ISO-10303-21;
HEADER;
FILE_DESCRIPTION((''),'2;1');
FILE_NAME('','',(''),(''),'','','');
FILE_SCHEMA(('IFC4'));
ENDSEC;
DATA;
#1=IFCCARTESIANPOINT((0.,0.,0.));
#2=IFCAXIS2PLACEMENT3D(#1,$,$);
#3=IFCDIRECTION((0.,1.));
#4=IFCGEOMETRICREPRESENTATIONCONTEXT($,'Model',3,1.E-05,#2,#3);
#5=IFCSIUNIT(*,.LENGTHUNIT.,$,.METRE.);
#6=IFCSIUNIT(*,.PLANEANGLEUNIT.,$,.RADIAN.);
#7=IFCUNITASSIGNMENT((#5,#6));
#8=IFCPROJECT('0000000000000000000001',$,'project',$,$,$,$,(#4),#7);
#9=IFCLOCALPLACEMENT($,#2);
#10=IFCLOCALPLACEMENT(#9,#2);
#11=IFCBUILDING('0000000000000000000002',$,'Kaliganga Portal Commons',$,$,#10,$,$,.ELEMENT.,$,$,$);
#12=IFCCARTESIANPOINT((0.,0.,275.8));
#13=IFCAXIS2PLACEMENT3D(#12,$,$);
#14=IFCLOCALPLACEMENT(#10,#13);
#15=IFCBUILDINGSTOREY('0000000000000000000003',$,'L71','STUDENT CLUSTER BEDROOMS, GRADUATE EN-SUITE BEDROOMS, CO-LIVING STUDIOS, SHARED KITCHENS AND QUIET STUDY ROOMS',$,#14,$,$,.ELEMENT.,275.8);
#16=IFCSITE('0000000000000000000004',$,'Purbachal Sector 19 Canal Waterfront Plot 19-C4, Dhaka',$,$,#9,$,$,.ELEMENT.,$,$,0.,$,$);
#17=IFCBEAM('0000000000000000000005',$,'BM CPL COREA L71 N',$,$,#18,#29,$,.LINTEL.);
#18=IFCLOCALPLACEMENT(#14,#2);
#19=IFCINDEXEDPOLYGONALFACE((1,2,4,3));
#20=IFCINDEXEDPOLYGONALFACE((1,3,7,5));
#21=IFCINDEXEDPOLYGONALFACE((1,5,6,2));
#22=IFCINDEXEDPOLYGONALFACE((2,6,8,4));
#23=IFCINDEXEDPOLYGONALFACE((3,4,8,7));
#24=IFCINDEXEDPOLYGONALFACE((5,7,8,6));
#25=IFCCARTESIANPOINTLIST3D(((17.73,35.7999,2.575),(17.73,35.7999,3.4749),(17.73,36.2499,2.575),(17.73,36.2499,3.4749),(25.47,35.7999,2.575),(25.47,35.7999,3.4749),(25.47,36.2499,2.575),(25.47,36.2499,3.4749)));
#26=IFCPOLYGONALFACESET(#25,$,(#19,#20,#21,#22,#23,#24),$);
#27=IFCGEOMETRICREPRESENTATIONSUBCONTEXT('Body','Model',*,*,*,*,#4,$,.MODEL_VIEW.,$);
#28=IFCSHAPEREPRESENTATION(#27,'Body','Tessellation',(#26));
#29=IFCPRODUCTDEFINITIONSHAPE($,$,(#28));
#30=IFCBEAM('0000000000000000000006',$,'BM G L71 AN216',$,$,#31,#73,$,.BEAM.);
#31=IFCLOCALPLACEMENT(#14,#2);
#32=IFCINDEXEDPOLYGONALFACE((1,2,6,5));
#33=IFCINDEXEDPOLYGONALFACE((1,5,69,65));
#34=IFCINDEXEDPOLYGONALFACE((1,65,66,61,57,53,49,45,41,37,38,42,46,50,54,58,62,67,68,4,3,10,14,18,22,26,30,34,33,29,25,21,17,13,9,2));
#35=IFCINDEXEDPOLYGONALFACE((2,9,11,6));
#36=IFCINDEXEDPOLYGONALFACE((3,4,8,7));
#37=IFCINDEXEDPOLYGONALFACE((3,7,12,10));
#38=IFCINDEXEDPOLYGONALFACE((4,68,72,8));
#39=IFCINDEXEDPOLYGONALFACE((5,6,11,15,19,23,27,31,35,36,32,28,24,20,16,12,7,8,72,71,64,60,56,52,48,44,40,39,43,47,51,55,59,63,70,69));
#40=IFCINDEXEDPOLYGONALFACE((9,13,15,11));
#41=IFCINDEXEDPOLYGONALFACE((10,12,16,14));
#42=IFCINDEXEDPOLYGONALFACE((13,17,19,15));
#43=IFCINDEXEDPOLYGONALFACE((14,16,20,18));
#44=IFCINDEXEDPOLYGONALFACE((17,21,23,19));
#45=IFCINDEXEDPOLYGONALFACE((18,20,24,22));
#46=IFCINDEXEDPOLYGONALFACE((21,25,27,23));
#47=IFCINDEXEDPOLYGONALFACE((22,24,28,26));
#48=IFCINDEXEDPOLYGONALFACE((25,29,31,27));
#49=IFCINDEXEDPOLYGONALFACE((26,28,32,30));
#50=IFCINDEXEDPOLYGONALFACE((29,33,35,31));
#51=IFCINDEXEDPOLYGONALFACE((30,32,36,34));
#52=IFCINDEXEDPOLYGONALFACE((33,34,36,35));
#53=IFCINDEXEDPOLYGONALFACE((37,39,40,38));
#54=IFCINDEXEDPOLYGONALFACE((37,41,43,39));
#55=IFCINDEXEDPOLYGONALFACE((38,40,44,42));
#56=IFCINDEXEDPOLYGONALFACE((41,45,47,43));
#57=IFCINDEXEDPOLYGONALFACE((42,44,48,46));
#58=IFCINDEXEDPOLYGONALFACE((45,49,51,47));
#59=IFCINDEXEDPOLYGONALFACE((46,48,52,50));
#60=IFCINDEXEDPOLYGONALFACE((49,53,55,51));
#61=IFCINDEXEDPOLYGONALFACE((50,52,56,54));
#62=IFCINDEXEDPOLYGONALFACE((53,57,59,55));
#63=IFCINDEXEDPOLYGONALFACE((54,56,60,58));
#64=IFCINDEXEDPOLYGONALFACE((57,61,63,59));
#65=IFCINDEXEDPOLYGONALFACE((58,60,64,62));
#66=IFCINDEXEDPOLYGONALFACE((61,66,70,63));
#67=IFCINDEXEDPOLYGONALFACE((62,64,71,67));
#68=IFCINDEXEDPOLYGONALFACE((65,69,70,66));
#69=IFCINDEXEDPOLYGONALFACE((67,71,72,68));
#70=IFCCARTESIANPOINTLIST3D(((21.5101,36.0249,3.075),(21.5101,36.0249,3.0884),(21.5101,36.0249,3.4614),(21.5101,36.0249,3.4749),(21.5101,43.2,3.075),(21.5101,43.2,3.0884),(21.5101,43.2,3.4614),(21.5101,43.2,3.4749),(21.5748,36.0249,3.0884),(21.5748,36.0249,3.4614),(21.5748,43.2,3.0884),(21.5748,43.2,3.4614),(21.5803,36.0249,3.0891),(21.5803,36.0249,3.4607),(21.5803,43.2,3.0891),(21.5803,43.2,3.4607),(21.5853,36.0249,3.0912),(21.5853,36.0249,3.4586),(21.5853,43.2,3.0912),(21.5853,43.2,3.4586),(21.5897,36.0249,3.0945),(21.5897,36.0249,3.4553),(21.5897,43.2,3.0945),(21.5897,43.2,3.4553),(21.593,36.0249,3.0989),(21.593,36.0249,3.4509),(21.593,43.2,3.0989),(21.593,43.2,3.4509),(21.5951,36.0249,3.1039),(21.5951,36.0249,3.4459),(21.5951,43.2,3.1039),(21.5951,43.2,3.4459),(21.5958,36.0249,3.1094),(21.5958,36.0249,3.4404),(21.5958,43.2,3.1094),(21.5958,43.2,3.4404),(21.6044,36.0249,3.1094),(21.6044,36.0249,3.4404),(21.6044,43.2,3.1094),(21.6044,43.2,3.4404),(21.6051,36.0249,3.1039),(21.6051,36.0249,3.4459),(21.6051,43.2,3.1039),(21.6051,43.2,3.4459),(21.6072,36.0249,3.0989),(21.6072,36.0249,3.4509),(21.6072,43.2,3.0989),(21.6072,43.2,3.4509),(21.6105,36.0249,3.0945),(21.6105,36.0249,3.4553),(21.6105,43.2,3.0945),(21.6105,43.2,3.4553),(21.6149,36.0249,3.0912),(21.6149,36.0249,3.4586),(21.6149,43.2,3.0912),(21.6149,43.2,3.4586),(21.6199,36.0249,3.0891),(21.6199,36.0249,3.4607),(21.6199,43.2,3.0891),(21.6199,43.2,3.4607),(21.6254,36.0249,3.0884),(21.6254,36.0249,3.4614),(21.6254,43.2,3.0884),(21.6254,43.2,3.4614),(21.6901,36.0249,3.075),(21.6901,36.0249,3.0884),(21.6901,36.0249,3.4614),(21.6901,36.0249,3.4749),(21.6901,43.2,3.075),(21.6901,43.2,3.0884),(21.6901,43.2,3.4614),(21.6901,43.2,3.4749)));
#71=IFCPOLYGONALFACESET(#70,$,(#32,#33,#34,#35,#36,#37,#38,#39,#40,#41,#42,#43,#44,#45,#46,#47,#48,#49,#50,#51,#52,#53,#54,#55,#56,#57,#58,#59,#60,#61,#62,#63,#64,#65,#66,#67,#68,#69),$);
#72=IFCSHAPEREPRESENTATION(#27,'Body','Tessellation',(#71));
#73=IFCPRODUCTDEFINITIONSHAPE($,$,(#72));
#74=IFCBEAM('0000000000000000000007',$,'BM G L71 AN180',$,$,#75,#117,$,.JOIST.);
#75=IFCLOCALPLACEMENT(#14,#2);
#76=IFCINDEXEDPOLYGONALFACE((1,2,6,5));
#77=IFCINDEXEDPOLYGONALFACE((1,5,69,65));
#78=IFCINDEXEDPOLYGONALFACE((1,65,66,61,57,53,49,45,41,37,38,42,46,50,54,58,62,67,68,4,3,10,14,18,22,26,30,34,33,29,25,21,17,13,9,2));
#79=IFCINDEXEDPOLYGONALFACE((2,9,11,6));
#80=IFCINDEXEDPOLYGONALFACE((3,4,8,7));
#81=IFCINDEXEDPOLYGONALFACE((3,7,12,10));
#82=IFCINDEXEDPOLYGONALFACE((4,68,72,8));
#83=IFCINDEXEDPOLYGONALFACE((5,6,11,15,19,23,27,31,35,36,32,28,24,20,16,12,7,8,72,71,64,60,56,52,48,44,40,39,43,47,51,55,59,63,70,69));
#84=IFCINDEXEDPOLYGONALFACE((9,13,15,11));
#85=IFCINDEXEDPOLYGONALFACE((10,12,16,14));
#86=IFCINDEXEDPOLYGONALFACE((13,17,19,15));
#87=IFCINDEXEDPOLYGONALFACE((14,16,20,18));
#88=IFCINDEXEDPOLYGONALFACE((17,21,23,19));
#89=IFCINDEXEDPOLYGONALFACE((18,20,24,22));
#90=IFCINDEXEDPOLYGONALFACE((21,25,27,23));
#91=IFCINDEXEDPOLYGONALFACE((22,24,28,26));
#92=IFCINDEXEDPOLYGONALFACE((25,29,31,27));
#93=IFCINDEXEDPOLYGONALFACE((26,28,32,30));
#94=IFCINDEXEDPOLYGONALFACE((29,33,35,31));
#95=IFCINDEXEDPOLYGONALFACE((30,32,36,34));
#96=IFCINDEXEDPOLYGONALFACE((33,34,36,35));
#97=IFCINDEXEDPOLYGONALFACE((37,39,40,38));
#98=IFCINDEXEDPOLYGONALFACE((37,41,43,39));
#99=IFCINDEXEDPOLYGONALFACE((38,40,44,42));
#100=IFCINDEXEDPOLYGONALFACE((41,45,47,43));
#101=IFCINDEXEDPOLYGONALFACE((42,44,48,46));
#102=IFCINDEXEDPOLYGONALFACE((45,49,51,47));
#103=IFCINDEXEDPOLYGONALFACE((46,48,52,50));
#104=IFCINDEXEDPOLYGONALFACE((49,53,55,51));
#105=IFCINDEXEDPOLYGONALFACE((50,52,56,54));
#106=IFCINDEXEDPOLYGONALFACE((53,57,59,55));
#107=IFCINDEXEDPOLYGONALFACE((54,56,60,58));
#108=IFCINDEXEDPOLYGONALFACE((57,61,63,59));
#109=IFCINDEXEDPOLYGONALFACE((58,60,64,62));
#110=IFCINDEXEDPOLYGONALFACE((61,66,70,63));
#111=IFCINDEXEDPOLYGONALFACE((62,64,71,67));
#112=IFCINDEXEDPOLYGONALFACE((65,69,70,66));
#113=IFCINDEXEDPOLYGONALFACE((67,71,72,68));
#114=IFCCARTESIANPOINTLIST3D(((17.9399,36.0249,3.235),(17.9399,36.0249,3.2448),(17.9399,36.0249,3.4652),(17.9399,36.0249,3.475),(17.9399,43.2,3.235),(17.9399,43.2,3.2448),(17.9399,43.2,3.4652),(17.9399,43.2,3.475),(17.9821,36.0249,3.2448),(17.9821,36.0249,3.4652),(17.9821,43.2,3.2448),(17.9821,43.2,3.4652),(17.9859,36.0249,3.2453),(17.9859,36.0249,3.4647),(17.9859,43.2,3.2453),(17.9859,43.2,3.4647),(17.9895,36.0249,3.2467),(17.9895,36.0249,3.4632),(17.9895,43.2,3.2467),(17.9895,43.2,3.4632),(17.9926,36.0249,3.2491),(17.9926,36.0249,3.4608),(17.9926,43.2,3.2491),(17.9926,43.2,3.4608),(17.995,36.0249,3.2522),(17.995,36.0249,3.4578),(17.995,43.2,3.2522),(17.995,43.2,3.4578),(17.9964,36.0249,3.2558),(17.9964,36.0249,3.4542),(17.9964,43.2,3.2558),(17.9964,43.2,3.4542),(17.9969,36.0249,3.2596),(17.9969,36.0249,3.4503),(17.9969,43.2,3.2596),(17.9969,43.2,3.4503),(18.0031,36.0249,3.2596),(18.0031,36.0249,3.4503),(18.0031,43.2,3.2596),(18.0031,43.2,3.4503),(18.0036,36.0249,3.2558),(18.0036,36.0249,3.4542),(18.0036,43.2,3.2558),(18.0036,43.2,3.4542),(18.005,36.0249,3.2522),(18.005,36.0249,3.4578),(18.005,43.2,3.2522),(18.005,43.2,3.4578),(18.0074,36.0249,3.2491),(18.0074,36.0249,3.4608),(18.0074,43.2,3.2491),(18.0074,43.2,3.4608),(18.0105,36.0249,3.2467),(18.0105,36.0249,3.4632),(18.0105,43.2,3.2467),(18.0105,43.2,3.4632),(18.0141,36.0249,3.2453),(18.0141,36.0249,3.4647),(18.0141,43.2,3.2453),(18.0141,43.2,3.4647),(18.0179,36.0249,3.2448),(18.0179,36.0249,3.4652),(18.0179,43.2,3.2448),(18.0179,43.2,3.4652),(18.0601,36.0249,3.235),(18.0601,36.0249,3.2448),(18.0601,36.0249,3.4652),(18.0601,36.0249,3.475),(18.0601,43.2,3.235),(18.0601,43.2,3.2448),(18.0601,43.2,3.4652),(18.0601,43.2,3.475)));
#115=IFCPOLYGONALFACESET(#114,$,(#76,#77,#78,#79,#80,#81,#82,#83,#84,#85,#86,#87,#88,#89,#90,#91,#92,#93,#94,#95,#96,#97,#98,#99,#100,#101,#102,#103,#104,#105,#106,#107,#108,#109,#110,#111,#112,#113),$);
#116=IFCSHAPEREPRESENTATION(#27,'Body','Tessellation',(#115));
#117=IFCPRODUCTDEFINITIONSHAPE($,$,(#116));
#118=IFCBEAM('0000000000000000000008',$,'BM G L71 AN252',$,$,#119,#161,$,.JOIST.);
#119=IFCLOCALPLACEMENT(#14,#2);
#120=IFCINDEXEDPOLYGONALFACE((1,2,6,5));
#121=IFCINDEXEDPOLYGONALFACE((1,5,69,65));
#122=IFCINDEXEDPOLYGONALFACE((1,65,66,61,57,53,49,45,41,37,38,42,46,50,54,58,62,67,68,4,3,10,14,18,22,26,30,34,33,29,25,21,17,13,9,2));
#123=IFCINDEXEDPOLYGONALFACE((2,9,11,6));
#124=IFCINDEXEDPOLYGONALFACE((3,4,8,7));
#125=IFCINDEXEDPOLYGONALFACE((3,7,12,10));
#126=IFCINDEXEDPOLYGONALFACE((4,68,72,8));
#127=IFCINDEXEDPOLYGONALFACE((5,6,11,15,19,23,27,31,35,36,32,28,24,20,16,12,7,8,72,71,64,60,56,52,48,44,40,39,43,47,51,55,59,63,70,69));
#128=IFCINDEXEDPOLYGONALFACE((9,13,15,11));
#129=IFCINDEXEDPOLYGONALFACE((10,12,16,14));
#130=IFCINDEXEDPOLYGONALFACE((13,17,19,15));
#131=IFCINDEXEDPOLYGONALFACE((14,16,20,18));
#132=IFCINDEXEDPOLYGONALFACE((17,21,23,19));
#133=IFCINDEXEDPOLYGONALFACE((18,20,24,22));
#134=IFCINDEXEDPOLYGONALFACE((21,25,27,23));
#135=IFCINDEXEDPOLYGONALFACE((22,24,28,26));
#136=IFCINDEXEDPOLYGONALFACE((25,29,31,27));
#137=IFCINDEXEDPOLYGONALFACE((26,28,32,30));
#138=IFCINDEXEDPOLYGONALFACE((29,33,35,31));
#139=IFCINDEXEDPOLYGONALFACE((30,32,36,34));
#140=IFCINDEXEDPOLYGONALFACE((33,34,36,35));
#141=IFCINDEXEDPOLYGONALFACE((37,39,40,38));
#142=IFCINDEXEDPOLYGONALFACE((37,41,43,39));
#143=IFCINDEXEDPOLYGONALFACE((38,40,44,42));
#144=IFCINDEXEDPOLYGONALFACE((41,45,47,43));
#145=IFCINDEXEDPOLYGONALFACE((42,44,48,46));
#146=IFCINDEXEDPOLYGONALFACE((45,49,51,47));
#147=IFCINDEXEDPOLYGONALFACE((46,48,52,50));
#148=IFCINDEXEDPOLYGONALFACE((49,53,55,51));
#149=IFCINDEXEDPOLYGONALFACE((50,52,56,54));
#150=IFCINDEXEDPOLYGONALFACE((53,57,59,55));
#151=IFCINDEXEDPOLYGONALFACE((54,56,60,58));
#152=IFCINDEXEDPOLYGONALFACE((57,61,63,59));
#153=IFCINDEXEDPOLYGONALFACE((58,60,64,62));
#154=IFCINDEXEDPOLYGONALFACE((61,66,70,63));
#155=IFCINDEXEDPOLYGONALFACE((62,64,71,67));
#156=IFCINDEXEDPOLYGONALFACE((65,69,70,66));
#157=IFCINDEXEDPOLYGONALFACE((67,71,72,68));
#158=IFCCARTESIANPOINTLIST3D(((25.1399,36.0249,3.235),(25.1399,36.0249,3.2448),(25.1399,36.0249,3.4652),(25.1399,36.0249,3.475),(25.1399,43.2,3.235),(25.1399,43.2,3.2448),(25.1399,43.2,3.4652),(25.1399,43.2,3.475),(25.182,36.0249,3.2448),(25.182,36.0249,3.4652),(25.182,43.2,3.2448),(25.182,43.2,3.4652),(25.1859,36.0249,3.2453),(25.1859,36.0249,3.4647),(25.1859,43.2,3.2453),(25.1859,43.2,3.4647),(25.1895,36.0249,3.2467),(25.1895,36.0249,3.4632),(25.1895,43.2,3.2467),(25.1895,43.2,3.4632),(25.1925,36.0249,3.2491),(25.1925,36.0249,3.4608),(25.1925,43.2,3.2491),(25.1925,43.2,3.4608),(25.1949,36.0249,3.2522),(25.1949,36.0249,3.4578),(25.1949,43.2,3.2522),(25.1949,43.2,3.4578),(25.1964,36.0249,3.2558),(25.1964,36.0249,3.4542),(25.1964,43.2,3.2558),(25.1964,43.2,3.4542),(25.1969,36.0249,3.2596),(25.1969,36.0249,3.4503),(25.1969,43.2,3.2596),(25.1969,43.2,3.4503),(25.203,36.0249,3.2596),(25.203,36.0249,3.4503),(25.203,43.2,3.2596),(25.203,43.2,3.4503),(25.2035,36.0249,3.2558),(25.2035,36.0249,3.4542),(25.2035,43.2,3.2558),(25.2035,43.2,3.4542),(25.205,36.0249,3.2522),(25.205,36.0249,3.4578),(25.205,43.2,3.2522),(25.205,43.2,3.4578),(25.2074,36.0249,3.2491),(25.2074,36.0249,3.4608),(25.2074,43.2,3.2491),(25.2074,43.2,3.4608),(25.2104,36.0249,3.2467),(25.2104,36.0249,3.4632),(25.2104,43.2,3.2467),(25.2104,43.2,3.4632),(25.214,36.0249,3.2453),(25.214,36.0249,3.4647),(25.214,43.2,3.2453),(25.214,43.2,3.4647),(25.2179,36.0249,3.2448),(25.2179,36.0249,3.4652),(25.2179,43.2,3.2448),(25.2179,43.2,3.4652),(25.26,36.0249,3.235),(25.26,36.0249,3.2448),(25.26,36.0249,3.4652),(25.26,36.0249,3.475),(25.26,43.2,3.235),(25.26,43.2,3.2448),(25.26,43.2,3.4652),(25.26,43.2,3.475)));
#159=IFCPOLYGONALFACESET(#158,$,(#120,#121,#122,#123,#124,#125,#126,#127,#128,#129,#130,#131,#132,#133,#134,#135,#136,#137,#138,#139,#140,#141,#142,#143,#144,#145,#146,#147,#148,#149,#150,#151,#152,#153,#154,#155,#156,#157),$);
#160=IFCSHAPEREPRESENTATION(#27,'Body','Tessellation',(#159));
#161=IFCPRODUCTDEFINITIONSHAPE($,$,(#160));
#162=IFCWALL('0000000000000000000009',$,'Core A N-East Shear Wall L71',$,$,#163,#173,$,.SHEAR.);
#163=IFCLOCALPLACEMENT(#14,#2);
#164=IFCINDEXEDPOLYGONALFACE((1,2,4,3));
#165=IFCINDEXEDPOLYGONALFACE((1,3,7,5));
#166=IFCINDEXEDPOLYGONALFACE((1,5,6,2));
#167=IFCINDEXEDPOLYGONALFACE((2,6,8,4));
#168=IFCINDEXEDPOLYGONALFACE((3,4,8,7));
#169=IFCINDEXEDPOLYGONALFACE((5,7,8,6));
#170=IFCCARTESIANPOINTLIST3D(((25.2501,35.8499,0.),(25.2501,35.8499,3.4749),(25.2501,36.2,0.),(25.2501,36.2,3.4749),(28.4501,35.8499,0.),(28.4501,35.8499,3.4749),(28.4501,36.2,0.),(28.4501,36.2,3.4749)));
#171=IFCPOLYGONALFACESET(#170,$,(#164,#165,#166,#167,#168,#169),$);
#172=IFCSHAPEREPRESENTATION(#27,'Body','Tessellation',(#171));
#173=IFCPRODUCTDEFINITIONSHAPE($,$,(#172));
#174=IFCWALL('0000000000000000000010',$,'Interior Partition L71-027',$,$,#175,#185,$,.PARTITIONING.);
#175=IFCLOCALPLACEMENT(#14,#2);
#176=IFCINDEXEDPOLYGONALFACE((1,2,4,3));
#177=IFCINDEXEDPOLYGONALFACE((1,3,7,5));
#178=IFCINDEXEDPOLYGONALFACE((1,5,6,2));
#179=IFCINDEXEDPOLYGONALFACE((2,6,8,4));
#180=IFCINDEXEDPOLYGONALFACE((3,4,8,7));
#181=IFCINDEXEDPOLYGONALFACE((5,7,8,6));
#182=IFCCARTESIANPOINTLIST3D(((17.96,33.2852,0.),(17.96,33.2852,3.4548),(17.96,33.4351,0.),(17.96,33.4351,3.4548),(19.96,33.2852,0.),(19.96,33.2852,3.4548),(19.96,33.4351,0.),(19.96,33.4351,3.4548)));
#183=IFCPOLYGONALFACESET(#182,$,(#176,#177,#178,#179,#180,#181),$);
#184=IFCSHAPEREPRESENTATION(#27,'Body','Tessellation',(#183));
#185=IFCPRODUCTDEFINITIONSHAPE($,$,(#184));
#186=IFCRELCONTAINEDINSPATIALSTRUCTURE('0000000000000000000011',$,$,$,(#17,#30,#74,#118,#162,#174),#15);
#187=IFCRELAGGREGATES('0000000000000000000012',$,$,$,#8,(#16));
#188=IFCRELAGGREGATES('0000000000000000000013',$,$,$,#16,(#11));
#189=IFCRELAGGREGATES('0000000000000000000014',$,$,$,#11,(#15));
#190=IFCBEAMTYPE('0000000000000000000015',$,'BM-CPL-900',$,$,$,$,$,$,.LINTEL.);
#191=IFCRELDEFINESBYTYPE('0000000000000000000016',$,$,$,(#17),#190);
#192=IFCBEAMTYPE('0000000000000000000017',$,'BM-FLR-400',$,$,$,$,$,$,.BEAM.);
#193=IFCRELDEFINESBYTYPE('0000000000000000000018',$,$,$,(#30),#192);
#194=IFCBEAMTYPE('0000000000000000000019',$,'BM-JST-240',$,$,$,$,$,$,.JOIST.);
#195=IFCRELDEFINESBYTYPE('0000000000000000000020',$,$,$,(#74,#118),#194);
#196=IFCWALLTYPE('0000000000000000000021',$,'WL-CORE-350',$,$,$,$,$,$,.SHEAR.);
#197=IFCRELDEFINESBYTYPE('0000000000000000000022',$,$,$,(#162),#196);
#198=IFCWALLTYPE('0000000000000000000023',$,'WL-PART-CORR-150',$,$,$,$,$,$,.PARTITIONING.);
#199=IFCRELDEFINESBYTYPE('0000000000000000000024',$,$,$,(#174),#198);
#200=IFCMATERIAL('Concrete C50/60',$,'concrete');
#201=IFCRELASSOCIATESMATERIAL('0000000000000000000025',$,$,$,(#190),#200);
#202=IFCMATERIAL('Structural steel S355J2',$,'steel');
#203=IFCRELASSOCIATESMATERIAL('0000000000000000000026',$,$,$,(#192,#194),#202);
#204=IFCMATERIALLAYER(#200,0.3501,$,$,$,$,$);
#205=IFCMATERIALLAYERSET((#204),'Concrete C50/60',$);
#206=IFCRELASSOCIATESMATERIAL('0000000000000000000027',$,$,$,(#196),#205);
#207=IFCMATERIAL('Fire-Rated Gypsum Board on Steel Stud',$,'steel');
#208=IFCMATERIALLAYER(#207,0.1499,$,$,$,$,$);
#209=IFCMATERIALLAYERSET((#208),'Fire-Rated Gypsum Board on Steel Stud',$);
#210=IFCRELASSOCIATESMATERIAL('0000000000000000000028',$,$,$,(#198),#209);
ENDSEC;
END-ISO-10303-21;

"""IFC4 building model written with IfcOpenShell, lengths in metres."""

from ifc_helpers import new_model, si_unit, direction, frame, frame_2d, origin, origin_2d, place, context, subcontext, project, spatial, rectangle, i_section, extrude, source, transform, mapped, material, layer, layer_set, material_profile, profile_set, type_object, element, save


model = new_model("IFC4")

# Units and contexts
model_context = context("Model", 3, precision=1e-05, world=origin(), true_north=direction((0.0, 1.0)))
body_context = subcontext(model_context, "Body", "Model", "MODEL_VIEW")
ifc_project = project(units=[si_unit("LENGTHUNIT", "METRE"), si_unit("PLANEANGLEUNIT", "RADIAN")], contexts=[model_context])

# Site, building, storey
site_placement = place(None, origin())
site = spatial("IfcSite", under=ifc_project, at=site_placement, Name="Purbachal Sector 19 Canal Waterfront Plot 19-C4, Dhaka", CompositionType="ELEMENT", RefElevation=0.0)
building_placement = place(site_placement, origin())
building = spatial("IfcBuilding", under=site, at=building_placement, Name="Kaliganga Portal Commons", CompositionType="ELEMENT")
storey_placement = place(building_placement, frame((0.0, 0.0, 275.8)))
storey = spatial("IfcBuildingStorey", under=building, at=storey_placement, Name="L71", Description="STUDENT CLUSTER BEDROOMS, GRADUATE EN-SUITE BEDROOMS, CO-LIVING STUDIOS, SHARED KITCHENS AND QUIET STUDY ROOMS", CompositionType="ELEMENT", Elevation=275.8)

# Beams
ifc_material_1 = material(Name="Concrete C50/60", Category="concrete")
ifc_material_profile_1 = material_profile(ifc_material_1, rectangle(XDim=0.45, YDim=0.8999, at=origin_2d()), Name="RC 450x900")
ifc_profile_set_1 = profile_set([ifc_material_profile_1], Name="Concrete C50/60")
beam_type_1 = type_object("IfcBeamType", Name="BM-CPL-900", PredefinedType="LINTEL", material=ifc_profile_set_1)
shared_shape_1 = source(origin(), body_context, "Body", "SweptSolid", [
    extrude(rectangle(XDim=0.45, YDim=0.8999, at=origin_2d()), origin(), (0.0, 0.0, 1.0), 7.74),
])
beam_1_placement = place(storey_placement, frame((17.73, 36.0249, 3.0249), z_axis=(1.0, 0.0, 0.0), x_axis=(0.0, 1.0, 0.0)))
element("IfcBeam", 1, at=beam_1_placement, inside=storey, type_object=beam_type_1, Name="BM CPL COREA L71 N", PredefinedType="LINTEL", context=body_context, shape_type="MappedRepresentation", body=[
    mapped(shared_shape_1, transform((0.0, 0.0, 0.0), x_axis=(1.0, 0.0, 0.0), y_axis=(0.0, 1.0, 0.0), z_axis=(0.0, 0.0, 1.0), scale=1.0)),
])
ifc_material_2 = material(Name="Structural steel S355J2", Category="steel")
ifc_material_profile_2 = material_profile(ifc_material_2, i_section(OverallWidth=0.1799, OverallDepth=0.3999, WebThickness=0.0085, FlangeThickness=0.0134, FilletRadius=0.021, at=origin_2d()), Name="IPE 400")
ifc_profile_set_2 = profile_set([ifc_material_profile_2], Name="Structural steel S355J2 wide-flange")
beam_type_2 = type_object("IfcBeamType", Name="BM-FLR-400", PredefinedType="BEAM", material=ifc_profile_set_2)
shared_shape_2 = source(origin(), body_context, "Body", "SweptSolid", [
    extrude(i_section(OverallWidth=0.1799, OverallDepth=0.3999, WebThickness=0.0085, FlangeThickness=0.0134, FilletRadius=0.021, at=origin_2d()), origin(), (0.0, 0.0, 1.0), 7.175),
])
beam_2_placement = place(storey_placement, frame((21.6001, 36.0249, 3.2749), z_axis=(0.0, 1.0, 0.0), x_axis=(-1.0, 0.0, 0.0)))
element("IfcBeam", 2, at=beam_2_placement, inside=storey, type_object=beam_type_2, Name="BM G L71 AN216", PredefinedType="BEAM", context=body_context, shape_type="MappedRepresentation", body=[
    mapped(shared_shape_2, transform((0.0, 0.0, 0.0), x_axis=(1.0, 0.0, 0.0), y_axis=(0.0, 1.0, 0.0), z_axis=(0.0, 0.0, 1.0), scale=1.0)),
])
ifc_material_profile_3 = material_profile(ifc_material_2, i_section(OverallWidth=0.1201, OverallDepth=0.24, WebThickness=0.0061, FlangeThickness=0.0098, FilletRadius=0.0149, at=origin_2d()), Name="IPE 240")
ifc_profile_set_3 = profile_set([ifc_material_profile_3], Name="Structural steel S355J2 wide-flange")
beam_type_3 = type_object("IfcBeamType", Name="BM-JST-240", PredefinedType="JOIST", material=ifc_profile_set_3)
shared_shape_3 = source(origin(), body_context, "Body", "SweptSolid", [
    extrude(i_section(OverallWidth=0.1201, OverallDepth=0.24, WebThickness=0.0061, FlangeThickness=0.0098, FilletRadius=0.0149, at=origin_2d()), origin(), (0.0, 0.0, 1.0), 7.175),
])
for number, where, z_axis, x_axis, name in (
    (3, (18.0, 36.0249, 3.355), (0.0, 1.0, 0.0), (-1.0, 0.0, 0.0), "BM G L71 AN180"),
    (4, (25.2, 36.0249, 3.355), (0.0, 1.0, 0.0), (-1.0, 0.0, 0.0), "BM G L71 AN252"),
):
    element("IfcBeam", number, at=place(storey_placement, frame(where, z_axis=z_axis, x_axis=x_axis)), inside=storey, type_object=beam_type_3, Name=name, PredefinedType="JOIST", context=body_context, shape_type="MappedRepresentation", body=[
        mapped(shared_shape_3, transform((0.0, 0.0, 0.0), x_axis=(1.0, 0.0, 0.0), y_axis=(0.0, 1.0, 0.0), z_axis=(0.0, 0.0, 1.0), scale=1.0)),
    ])

# Walls
ifc_layer_1 = layer(ifc_material_1, 0.3501)
ifc_layer_set_1 = layer_set([ifc_layer_1], Name="Concrete C50/60")
wall_type_1 = type_object("IfcWallType", Name="WL-CORE-350", PredefinedType="SHEAR", material=ifc_layer_set_1)
wall_1_placement = place(storey_placement, frame((25.25, 36.0249, 0.0), z_axis=(0.0, 0.0, 1.0), x_axis=(1.0, 0.0, 0.0)))
element("IfcWall", 5, at=wall_1_placement, inside=storey, type_object=wall_type_1, Name="Core A N-East Shear Wall L71", PredefinedType="SHEAR", context=body_context, shape_type="SweptSolid", body=[
    extrude(rectangle(XDim=3.2, YDim=0.3501, at=frame_2d((1.6001, 0.0))), origin(), (0.0, 0.0, 1.0), 3.4749),
])
ifc_material_3 = material(Name="Fire-Rated Gypsum Board on Steel Stud", Category="steel")
ifc_layer_2 = layer(ifc_material_3, 0.1499)
ifc_layer_set_2 = layer_set([ifc_layer_2], Name="Fire-Rated Gypsum Board on Steel Stud")
wall_type_2 = type_object("IfcWallType", Name="WL-PART-CORR-150", PredefinedType="PARTITIONING", material=ifc_layer_set_2)
wall_2_placement = place(storey_placement, frame((17.96, 33.3601, 0.0), z_axis=(0.0, 0.0, 1.0), x_axis=(1.0, 0.0, 0.0)))
element("IfcWall", 6, at=wall_2_placement, inside=storey, type_object=wall_type_2, Name="Interior Partition L71-027", PredefinedType="PARTITIONING", context=body_context, shape_type="SweptSolid", body=[
    extrude(rectangle(XDim=2.0, YDim=0.1499, at=frame_2d((1.0, 0.0))), origin(), (0.0, 0.0, 1.0), 3.4548),
])

save(model, "model.ifc")
